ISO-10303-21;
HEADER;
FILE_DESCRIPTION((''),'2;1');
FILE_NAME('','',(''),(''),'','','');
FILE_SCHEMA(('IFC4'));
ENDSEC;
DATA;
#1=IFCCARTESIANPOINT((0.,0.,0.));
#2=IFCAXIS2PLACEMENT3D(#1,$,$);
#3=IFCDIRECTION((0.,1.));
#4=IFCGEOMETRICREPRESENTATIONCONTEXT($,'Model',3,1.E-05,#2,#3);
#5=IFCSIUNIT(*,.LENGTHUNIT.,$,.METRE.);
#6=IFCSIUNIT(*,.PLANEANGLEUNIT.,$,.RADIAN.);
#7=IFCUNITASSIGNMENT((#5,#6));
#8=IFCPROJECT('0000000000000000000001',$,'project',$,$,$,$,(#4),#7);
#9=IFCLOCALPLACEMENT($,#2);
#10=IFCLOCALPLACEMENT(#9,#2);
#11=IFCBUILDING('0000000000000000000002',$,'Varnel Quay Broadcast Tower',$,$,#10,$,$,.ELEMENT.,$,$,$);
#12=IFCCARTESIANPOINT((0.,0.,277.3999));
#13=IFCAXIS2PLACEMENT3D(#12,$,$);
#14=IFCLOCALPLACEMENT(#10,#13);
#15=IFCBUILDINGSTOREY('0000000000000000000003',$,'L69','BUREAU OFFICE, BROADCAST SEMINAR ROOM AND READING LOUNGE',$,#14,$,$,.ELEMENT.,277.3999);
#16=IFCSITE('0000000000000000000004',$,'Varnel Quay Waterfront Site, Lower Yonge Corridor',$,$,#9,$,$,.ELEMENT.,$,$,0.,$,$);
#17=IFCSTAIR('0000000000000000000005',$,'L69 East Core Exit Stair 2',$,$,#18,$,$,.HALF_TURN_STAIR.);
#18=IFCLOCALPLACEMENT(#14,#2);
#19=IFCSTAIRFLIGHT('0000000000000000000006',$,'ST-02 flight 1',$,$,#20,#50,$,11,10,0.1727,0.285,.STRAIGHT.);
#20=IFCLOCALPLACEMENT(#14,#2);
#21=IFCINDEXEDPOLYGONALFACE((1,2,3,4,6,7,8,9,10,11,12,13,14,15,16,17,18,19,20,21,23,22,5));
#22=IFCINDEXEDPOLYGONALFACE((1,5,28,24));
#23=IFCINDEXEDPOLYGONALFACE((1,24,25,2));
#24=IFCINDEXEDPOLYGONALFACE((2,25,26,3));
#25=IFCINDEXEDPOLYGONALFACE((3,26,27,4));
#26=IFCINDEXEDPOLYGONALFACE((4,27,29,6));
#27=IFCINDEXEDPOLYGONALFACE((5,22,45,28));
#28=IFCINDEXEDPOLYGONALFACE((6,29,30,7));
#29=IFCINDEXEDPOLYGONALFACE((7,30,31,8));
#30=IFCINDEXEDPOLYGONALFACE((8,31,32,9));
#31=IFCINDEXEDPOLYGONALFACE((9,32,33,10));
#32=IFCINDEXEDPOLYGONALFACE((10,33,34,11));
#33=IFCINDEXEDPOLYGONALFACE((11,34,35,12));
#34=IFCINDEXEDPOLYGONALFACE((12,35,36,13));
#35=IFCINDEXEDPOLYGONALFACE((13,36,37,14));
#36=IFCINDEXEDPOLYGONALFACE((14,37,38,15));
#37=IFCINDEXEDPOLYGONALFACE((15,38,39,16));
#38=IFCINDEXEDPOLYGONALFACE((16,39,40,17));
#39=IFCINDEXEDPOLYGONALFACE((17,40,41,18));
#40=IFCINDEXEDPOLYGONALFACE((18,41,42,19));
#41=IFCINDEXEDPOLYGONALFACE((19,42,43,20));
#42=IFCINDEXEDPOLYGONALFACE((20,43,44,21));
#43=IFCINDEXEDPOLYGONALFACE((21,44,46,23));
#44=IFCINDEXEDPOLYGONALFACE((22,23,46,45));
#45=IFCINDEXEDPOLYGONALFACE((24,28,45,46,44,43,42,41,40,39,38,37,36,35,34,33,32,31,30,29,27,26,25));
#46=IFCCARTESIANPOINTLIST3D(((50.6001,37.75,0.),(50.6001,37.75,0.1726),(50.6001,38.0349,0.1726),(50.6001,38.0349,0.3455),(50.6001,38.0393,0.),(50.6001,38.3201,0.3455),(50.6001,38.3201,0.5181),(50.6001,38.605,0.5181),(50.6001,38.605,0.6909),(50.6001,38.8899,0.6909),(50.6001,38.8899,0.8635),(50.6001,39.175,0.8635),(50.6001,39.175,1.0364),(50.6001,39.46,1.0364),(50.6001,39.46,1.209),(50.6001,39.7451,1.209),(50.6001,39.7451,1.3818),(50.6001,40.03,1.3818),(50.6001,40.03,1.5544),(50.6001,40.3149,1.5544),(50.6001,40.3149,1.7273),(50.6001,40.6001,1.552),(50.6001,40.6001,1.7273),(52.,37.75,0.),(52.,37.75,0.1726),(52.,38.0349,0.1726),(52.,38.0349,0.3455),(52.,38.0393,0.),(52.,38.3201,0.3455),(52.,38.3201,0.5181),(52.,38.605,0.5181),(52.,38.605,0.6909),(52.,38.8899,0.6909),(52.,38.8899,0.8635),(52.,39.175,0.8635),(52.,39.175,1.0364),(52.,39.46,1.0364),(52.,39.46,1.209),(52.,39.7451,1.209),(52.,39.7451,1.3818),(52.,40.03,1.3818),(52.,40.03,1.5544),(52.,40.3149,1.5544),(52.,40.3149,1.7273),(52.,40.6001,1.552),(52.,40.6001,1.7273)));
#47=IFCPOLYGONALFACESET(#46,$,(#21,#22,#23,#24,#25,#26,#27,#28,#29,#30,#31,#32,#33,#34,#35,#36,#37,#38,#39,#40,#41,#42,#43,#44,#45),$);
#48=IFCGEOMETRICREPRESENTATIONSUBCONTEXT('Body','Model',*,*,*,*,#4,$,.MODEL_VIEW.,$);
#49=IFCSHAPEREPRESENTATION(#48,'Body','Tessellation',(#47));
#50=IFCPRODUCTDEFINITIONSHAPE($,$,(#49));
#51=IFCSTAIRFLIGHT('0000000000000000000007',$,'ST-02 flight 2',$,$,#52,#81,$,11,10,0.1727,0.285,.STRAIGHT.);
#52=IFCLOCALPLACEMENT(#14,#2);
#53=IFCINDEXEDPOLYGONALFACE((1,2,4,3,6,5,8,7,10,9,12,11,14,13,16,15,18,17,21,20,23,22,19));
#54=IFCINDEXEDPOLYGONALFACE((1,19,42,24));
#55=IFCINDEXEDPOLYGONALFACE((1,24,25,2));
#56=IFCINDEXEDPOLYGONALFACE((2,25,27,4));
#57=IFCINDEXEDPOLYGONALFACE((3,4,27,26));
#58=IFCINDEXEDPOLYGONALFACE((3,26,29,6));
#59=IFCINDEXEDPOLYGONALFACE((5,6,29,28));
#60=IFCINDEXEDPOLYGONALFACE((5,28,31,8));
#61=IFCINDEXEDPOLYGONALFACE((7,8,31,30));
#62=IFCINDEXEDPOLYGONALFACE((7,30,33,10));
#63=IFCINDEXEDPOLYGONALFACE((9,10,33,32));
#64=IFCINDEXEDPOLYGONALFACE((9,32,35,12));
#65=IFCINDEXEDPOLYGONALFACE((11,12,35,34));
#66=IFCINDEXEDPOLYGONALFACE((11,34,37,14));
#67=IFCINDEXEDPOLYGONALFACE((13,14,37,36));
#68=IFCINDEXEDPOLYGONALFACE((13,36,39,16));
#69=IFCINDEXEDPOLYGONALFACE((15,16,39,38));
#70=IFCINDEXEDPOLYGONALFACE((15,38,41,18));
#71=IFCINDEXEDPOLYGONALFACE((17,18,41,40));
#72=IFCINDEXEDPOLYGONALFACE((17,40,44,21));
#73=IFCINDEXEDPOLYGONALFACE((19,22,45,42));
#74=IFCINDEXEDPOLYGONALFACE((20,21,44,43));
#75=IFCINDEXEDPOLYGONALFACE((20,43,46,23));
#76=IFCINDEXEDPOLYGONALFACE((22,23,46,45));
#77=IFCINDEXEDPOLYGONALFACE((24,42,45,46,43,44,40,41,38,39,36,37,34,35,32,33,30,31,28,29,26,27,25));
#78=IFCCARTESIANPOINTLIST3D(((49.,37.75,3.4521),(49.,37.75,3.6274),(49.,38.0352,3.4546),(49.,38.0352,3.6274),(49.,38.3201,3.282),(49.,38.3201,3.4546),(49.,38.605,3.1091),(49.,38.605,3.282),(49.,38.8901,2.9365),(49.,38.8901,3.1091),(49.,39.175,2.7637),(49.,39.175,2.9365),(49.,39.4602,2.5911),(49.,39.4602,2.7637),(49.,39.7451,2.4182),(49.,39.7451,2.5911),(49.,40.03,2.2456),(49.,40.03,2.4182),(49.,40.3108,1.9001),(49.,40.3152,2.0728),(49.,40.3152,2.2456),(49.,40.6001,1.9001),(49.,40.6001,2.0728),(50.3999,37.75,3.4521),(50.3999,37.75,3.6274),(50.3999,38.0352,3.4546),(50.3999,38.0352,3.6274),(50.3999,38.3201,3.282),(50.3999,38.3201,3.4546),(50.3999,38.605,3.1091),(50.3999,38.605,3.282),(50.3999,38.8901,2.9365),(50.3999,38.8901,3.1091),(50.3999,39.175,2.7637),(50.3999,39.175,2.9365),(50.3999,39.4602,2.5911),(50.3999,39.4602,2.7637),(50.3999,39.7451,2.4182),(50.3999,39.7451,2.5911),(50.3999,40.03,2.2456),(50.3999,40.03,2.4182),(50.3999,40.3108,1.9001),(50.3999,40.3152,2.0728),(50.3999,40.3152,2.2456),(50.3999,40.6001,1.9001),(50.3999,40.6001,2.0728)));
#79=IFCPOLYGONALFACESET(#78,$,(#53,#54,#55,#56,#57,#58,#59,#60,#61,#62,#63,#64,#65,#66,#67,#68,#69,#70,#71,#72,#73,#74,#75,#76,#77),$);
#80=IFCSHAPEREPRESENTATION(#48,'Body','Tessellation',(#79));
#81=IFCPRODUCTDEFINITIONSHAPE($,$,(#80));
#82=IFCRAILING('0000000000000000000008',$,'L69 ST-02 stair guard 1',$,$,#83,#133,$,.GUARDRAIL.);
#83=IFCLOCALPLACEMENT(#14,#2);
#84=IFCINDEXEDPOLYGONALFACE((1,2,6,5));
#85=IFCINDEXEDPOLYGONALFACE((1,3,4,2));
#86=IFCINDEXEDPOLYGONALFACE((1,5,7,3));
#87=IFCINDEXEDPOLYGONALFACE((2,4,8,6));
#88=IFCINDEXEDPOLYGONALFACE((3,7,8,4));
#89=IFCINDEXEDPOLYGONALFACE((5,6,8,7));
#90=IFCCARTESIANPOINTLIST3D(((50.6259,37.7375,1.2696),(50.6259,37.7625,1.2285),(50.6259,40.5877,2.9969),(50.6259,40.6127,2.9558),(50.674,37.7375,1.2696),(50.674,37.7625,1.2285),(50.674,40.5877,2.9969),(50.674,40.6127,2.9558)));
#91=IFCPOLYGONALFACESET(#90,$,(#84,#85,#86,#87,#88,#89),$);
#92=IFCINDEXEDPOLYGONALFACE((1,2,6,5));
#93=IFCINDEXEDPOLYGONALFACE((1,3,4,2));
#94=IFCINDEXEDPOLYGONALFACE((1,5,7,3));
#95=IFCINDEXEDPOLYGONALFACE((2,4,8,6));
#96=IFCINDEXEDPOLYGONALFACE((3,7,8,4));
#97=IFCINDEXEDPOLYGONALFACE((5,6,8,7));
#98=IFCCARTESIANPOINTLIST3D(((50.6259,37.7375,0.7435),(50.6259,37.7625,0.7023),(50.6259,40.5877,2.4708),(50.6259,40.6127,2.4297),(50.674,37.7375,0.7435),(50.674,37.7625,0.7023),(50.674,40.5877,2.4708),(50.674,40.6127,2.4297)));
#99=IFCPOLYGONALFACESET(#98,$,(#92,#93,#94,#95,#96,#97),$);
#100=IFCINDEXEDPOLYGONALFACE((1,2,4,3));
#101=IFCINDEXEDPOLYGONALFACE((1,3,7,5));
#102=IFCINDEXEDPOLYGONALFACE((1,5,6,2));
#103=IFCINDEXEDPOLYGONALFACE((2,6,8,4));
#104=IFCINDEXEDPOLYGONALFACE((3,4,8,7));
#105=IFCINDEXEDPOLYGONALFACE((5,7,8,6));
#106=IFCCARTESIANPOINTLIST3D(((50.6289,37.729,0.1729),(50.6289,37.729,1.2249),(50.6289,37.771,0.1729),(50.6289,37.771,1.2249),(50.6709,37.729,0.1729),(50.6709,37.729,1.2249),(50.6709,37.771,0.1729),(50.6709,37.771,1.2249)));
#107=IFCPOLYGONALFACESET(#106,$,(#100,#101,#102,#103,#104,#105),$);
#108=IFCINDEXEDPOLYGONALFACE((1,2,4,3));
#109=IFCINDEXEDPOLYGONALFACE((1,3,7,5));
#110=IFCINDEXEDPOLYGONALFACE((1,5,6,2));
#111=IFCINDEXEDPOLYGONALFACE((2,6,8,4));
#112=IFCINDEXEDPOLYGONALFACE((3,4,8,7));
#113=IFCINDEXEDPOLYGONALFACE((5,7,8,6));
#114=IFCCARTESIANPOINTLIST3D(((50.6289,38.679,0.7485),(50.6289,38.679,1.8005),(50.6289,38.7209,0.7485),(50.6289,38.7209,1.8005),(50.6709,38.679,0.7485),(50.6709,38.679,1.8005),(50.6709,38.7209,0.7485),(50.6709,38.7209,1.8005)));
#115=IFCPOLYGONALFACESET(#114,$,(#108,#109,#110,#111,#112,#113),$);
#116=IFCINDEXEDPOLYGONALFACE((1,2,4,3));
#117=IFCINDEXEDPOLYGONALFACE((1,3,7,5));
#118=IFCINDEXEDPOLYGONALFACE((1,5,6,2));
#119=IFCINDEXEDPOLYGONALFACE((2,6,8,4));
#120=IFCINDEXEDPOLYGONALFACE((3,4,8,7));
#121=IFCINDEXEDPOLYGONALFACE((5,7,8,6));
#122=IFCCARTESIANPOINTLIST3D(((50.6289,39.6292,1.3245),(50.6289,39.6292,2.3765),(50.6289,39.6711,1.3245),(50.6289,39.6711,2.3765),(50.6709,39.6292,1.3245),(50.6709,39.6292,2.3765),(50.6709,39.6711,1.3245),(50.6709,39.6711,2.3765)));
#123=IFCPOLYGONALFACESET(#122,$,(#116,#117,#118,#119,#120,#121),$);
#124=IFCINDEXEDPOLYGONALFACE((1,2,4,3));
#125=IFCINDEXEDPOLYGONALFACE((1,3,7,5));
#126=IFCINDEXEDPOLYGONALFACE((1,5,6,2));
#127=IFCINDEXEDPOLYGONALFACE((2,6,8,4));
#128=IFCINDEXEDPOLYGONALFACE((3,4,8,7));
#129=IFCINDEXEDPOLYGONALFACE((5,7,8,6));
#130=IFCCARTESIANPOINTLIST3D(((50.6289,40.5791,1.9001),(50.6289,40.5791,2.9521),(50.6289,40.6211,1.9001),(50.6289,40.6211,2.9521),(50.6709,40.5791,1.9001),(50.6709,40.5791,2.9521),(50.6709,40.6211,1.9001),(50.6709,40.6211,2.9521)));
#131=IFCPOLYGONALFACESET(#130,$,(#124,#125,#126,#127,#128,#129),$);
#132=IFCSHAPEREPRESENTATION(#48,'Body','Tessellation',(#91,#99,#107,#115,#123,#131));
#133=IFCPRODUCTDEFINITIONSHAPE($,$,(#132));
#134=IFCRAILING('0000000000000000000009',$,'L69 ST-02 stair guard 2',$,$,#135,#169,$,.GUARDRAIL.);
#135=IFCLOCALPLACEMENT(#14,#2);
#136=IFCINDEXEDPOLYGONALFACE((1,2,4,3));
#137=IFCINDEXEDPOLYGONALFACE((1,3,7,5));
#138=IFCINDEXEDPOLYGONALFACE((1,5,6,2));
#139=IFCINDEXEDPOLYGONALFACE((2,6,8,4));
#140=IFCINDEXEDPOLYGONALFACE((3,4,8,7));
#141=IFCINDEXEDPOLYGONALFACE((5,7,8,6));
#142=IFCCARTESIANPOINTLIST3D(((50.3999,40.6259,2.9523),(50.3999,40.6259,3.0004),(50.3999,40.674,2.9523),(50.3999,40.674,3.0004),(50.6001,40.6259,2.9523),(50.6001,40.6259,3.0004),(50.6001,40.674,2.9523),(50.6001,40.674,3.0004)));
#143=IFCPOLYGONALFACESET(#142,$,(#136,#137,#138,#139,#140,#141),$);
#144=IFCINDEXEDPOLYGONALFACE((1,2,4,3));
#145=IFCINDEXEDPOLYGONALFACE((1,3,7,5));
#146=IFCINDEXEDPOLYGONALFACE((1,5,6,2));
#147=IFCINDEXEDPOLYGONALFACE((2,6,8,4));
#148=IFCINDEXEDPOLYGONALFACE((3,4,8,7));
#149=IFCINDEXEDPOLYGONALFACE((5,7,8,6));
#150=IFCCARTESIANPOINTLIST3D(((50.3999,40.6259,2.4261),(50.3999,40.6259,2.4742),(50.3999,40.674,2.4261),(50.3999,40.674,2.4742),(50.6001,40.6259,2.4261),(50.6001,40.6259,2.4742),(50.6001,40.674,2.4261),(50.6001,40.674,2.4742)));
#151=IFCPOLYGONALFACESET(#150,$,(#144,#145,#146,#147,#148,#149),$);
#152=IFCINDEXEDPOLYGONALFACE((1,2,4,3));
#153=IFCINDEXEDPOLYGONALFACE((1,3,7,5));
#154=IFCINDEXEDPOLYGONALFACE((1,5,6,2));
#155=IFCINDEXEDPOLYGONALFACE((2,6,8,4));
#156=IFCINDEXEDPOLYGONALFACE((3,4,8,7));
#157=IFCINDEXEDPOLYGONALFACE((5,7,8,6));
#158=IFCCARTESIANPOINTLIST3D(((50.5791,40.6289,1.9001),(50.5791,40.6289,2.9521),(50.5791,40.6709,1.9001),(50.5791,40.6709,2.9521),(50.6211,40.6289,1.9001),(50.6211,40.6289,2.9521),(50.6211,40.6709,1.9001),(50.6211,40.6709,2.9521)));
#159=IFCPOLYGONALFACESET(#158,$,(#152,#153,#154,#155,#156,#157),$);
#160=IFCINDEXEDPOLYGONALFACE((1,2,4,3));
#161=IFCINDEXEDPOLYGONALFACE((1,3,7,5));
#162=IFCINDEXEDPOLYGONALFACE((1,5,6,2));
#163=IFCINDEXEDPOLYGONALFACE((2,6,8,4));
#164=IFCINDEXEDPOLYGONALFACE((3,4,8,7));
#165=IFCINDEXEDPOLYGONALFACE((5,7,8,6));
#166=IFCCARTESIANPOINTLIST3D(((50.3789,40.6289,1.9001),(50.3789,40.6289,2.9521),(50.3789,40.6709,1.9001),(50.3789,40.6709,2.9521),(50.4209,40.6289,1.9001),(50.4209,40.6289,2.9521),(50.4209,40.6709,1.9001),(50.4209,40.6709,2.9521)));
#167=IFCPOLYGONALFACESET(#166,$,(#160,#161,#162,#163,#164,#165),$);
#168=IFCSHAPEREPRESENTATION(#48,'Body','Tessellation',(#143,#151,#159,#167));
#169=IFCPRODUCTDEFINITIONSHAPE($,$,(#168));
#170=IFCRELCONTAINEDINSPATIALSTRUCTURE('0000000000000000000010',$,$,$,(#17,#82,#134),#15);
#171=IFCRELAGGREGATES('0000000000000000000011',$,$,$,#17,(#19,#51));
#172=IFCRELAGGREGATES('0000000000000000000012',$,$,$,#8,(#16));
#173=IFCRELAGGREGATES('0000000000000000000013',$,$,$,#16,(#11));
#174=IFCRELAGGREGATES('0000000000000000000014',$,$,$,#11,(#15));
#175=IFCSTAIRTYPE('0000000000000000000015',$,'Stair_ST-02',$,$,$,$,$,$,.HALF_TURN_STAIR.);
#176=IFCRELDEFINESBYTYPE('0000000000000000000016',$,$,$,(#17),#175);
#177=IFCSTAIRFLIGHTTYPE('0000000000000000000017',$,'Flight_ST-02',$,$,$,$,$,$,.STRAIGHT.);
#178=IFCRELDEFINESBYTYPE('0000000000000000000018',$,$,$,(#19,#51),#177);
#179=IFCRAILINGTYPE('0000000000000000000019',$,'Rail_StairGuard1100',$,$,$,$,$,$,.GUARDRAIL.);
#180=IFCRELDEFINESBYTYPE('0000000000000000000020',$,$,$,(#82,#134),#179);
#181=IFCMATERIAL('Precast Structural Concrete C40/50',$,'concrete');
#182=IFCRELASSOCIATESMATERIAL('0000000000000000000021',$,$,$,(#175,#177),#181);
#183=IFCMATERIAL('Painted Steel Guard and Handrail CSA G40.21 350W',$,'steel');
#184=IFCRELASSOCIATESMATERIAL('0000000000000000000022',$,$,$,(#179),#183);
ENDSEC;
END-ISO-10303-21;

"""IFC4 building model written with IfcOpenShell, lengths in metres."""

from ifc_helpers import new_model, si_unit, direction, frame, origin, origin_2d, place, context, subcontext, project, spatial, polyline, rectangle, outline, extrude, material, type_object, element, aggregate, save


model = new_model("IFC4")

# Units and contexts
model_context = context("Model", 3, precision=1e-05, world=origin(), true_north=direction((0.0, 1.0)))
body_context = subcontext(model_context, "Body", "Model", "MODEL_VIEW")
ifc_project = project(units=[si_unit("LENGTHUNIT", "METRE"), si_unit("PLANEANGLEUNIT", "RADIAN")], contexts=[model_context])

# Site, building, storey
site_placement = place(None, origin())
site = spatial("IfcSite", under=ifc_project, at=site_placement, Name="Varnel Quay Waterfront Site, Lower Yonge Corridor", CompositionType="ELEMENT", RefElevation=0.0)
building_placement = place(site_placement, origin())
building = spatial("IfcBuilding", under=site, at=building_placement, Name="Varnel Quay Broadcast Tower", CompositionType="ELEMENT")
storey_placement = place(building_placement, frame((0.0, 0.0, 277.3999)))
storey = spatial("IfcBuildingStorey", under=building, at=storey_placement, Name="L69", Description="BUREAU OFFICE, BROADCAST SEMINAR ROOM AND READING LOUNGE", CompositionType="ELEMENT", Elevation=277.3999)

# Stair, stair flights
ifc_material_1 = material(Name="Precast Structural Concrete C40/50", Category="concrete")
stair_type = type_object("IfcStairType", Name="Stair_ST-02", PredefinedType="HALF_TURN_STAIR", material=ifc_material_1)
stair_placement = place(storey_placement, origin())
stair = element("IfcStair", 1, at=stair_placement, inside=storey, type_object=stair_type, Name="L69 East Core Exit Stair 2", PredefinedType="HALF_TURN_STAIR")
stair_flight_type = type_object("IfcStairFlightType", Name="Flight_ST-02", PredefinedType="STRAIGHT", material=ifc_material_1)
stair_flight_1_placement = place(storey_placement, frame((51.3, 37.75, 0.0), z_axis=(0.0, 0.0, 1.0), x_axis=(0.0, 1.0, 0.0)))
stair_flight_1 = element("IfcStairFlight", 2, at=stair_flight_1_placement, type_object=stair_flight_type, Name="ST-02 flight 1", NumberOfRisers=11, NumberOfTreads=10, PredefinedType="STRAIGHT", RiserHeight=0.1727, TreadLength=0.285, context=body_context, shape_type="SweptSolid", body=[
    extrude(outline(polyline([(0.0, 0.0), (0.0, 0.1726), (0.2849, 0.1726), (0.2849, 0.3455), (0.5701, 0.3455), (0.5701, 0.5181), (0.855, 0.5181), (0.855, 0.6909), (1.1399, 0.6909), (1.1399, 0.8635), (1.425, 0.8635), (1.425, 1.0364), (1.71, 1.0364), (1.71, 1.209), (1.9951, 1.209), (1.9951, 1.3818), (2.28, 1.3818), (2.28, 1.5544), (2.5649, 1.5544), (2.5649, 1.7273), (2.8501, 1.7273), (2.8501, 1.8999), (2.8501, 1.552), (0.2893, 0.0), (0.0, 0.0)])), frame((0.0, 0.7, 0.0), z_axis=(0.0, -1.0, 0.0), x_axis=(1.0, 0.0, 0.0)), (0.0, 0.0, 1.0), 1.3999),
])
stair_flight_2_placement = place(storey_placement, frame((49.7, 40.6001, 1.9001), z_axis=(0.0, 0.0, 1.0), x_axis=(0.0, -1.0, 0.0)))
stair_flight_2 = element("IfcStairFlight", 3, at=stair_flight_2_placement, type_object=stair_flight_type, Name="ST-02 flight 2", NumberOfRisers=11, NumberOfTreads=10, PredefinedType="STRAIGHT", RiserHeight=0.1727, TreadLength=0.285, context=body_context, shape_type="SweptSolid", body=[
    extrude(outline(polyline([(0.0, 0.0), (0.0, 0.1726), (0.2849, 0.1726), (0.2849, 0.3455), (0.5701, 0.3455), (0.5701, 0.5181), (0.855, 0.5181), (0.855, 0.6909), (1.1399, 0.6909), (1.1399, 0.8635), (1.425, 0.8635), (1.425, 1.0364), (1.71, 1.0364), (1.71, 1.209), (1.9951, 1.209), (1.9951, 1.3818), (2.28, 1.3818), (2.28, 1.5544), (2.5649, 1.5544), (2.5649, 1.7273), (2.8501, 1.7273), (2.8501, 1.8999), (2.8501, 1.552), (0.2893, 0.0), (0.0, 0.0)])), frame((0.0, 0.7, 0.0), z_axis=(0.0, -1.0, 0.0), x_axis=(1.0, 0.0, 0.0)), (0.0, 0.0, 1.0), 1.3999),
])
aggregate(stair, [stair_flight_1, stair_flight_2])

# Railings
ifc_material_2 = material(Name="Painted Steel Guard and Handrail CSA G40.21 350W", Category="steel")
railing_type_1 = type_object("IfcRailingType", Name="Rail_StairGuard1100", PredefinedType="GUARDRAIL", material=ifc_material_2)
railing_1_placement = place(storey_placement, frame((50.6499, 37.75, 0.1729)))
element("IfcRailing", 4, at=railing_1_placement, inside=storey, type_object=railing_type_1, Name="L69 ST-02 stair guard 1", PredefinedType="GUARDRAIL", context=body_context, shape_type="SweptSolid", body=[
    extrude(rectangle(XDim=0.0481, YDim=0.0481, at=origin_2d()), frame((0.0, 0.0, 1.0762), z_axis=(0.0, 0.855203, 0.518294), x_axis=(-1.0, 0.0, 0.0)), (0.0, 0.0, 1.0), 3.3328),
    extrude(rectangle(XDim=0.0481, YDim=0.0481, at=origin_2d()), frame((0.0, 0.0, 0.55), z_axis=(0.0, 0.855203, 0.518294), x_axis=(-1.0, 0.0, 0.0)), (0.0, 0.0, 1.0), 3.3328),
    extrude(rectangle(XDim=0.042, YDim=0.042, at=origin_2d()), origin(), (0.0, 0.0, 1.0), 1.052),
    extrude(rectangle(XDim=0.042, YDim=0.042, at=origin_2d()), frame((0.0, 0.95, 0.5757)), (0.0, 0.0, 1.0), 1.052),
    extrude(rectangle(XDim=0.042, YDim=0.042, at=origin_2d()), frame((0.0, 1.9001, 1.1516)), (0.0, 0.0, 1.0), 1.052),
    extrude(rectangle(XDim=0.042, YDim=0.042, at=origin_2d()), frame((0.0, 2.8501, 1.7273)), (0.0, 0.0, 1.0), 1.052),
])
railing_2_placement = place(storey_placement, frame((50.6001, 40.6499, 1.9001)))
element("IfcRailing", 5, at=railing_2_placement, inside=storey, type_object=railing_type_1, Name="L69 ST-02 stair guard 2", PredefinedType="GUARDRAIL", context=body_context, shape_type="SweptSolid", body=[
    extrude(rectangle(XDim=0.0481, YDim=0.0481, at=origin_2d()), frame((0.0, 0.0, 1.0762), z_axis=(-1.0, 0.0, 0.0), x_axis=(0.0, -1.0, 0.0)), (0.0, 0.0, 1.0), 0.2002),
    extrude(rectangle(XDim=0.0481, YDim=0.0481, at=origin_2d()), frame((0.0, 0.0, 0.55), z_axis=(-1.0, 0.0, 0.0), x_axis=(0.0, -1.0, 0.0)), (0.0, 0.0, 1.0), 0.2002),
    extrude(rectangle(XDim=0.042, YDim=0.042, at=origin_2d()), origin(), (0.0, 0.0, 1.0), 1.052),
    extrude(rectangle(XDim=0.042, YDim=0.042, at=origin_2d()), frame((-0.2002, 0.0, 0.0)), (0.0, 0.0, 1.0), 1.052),
])

save(model, "model.ifc")
